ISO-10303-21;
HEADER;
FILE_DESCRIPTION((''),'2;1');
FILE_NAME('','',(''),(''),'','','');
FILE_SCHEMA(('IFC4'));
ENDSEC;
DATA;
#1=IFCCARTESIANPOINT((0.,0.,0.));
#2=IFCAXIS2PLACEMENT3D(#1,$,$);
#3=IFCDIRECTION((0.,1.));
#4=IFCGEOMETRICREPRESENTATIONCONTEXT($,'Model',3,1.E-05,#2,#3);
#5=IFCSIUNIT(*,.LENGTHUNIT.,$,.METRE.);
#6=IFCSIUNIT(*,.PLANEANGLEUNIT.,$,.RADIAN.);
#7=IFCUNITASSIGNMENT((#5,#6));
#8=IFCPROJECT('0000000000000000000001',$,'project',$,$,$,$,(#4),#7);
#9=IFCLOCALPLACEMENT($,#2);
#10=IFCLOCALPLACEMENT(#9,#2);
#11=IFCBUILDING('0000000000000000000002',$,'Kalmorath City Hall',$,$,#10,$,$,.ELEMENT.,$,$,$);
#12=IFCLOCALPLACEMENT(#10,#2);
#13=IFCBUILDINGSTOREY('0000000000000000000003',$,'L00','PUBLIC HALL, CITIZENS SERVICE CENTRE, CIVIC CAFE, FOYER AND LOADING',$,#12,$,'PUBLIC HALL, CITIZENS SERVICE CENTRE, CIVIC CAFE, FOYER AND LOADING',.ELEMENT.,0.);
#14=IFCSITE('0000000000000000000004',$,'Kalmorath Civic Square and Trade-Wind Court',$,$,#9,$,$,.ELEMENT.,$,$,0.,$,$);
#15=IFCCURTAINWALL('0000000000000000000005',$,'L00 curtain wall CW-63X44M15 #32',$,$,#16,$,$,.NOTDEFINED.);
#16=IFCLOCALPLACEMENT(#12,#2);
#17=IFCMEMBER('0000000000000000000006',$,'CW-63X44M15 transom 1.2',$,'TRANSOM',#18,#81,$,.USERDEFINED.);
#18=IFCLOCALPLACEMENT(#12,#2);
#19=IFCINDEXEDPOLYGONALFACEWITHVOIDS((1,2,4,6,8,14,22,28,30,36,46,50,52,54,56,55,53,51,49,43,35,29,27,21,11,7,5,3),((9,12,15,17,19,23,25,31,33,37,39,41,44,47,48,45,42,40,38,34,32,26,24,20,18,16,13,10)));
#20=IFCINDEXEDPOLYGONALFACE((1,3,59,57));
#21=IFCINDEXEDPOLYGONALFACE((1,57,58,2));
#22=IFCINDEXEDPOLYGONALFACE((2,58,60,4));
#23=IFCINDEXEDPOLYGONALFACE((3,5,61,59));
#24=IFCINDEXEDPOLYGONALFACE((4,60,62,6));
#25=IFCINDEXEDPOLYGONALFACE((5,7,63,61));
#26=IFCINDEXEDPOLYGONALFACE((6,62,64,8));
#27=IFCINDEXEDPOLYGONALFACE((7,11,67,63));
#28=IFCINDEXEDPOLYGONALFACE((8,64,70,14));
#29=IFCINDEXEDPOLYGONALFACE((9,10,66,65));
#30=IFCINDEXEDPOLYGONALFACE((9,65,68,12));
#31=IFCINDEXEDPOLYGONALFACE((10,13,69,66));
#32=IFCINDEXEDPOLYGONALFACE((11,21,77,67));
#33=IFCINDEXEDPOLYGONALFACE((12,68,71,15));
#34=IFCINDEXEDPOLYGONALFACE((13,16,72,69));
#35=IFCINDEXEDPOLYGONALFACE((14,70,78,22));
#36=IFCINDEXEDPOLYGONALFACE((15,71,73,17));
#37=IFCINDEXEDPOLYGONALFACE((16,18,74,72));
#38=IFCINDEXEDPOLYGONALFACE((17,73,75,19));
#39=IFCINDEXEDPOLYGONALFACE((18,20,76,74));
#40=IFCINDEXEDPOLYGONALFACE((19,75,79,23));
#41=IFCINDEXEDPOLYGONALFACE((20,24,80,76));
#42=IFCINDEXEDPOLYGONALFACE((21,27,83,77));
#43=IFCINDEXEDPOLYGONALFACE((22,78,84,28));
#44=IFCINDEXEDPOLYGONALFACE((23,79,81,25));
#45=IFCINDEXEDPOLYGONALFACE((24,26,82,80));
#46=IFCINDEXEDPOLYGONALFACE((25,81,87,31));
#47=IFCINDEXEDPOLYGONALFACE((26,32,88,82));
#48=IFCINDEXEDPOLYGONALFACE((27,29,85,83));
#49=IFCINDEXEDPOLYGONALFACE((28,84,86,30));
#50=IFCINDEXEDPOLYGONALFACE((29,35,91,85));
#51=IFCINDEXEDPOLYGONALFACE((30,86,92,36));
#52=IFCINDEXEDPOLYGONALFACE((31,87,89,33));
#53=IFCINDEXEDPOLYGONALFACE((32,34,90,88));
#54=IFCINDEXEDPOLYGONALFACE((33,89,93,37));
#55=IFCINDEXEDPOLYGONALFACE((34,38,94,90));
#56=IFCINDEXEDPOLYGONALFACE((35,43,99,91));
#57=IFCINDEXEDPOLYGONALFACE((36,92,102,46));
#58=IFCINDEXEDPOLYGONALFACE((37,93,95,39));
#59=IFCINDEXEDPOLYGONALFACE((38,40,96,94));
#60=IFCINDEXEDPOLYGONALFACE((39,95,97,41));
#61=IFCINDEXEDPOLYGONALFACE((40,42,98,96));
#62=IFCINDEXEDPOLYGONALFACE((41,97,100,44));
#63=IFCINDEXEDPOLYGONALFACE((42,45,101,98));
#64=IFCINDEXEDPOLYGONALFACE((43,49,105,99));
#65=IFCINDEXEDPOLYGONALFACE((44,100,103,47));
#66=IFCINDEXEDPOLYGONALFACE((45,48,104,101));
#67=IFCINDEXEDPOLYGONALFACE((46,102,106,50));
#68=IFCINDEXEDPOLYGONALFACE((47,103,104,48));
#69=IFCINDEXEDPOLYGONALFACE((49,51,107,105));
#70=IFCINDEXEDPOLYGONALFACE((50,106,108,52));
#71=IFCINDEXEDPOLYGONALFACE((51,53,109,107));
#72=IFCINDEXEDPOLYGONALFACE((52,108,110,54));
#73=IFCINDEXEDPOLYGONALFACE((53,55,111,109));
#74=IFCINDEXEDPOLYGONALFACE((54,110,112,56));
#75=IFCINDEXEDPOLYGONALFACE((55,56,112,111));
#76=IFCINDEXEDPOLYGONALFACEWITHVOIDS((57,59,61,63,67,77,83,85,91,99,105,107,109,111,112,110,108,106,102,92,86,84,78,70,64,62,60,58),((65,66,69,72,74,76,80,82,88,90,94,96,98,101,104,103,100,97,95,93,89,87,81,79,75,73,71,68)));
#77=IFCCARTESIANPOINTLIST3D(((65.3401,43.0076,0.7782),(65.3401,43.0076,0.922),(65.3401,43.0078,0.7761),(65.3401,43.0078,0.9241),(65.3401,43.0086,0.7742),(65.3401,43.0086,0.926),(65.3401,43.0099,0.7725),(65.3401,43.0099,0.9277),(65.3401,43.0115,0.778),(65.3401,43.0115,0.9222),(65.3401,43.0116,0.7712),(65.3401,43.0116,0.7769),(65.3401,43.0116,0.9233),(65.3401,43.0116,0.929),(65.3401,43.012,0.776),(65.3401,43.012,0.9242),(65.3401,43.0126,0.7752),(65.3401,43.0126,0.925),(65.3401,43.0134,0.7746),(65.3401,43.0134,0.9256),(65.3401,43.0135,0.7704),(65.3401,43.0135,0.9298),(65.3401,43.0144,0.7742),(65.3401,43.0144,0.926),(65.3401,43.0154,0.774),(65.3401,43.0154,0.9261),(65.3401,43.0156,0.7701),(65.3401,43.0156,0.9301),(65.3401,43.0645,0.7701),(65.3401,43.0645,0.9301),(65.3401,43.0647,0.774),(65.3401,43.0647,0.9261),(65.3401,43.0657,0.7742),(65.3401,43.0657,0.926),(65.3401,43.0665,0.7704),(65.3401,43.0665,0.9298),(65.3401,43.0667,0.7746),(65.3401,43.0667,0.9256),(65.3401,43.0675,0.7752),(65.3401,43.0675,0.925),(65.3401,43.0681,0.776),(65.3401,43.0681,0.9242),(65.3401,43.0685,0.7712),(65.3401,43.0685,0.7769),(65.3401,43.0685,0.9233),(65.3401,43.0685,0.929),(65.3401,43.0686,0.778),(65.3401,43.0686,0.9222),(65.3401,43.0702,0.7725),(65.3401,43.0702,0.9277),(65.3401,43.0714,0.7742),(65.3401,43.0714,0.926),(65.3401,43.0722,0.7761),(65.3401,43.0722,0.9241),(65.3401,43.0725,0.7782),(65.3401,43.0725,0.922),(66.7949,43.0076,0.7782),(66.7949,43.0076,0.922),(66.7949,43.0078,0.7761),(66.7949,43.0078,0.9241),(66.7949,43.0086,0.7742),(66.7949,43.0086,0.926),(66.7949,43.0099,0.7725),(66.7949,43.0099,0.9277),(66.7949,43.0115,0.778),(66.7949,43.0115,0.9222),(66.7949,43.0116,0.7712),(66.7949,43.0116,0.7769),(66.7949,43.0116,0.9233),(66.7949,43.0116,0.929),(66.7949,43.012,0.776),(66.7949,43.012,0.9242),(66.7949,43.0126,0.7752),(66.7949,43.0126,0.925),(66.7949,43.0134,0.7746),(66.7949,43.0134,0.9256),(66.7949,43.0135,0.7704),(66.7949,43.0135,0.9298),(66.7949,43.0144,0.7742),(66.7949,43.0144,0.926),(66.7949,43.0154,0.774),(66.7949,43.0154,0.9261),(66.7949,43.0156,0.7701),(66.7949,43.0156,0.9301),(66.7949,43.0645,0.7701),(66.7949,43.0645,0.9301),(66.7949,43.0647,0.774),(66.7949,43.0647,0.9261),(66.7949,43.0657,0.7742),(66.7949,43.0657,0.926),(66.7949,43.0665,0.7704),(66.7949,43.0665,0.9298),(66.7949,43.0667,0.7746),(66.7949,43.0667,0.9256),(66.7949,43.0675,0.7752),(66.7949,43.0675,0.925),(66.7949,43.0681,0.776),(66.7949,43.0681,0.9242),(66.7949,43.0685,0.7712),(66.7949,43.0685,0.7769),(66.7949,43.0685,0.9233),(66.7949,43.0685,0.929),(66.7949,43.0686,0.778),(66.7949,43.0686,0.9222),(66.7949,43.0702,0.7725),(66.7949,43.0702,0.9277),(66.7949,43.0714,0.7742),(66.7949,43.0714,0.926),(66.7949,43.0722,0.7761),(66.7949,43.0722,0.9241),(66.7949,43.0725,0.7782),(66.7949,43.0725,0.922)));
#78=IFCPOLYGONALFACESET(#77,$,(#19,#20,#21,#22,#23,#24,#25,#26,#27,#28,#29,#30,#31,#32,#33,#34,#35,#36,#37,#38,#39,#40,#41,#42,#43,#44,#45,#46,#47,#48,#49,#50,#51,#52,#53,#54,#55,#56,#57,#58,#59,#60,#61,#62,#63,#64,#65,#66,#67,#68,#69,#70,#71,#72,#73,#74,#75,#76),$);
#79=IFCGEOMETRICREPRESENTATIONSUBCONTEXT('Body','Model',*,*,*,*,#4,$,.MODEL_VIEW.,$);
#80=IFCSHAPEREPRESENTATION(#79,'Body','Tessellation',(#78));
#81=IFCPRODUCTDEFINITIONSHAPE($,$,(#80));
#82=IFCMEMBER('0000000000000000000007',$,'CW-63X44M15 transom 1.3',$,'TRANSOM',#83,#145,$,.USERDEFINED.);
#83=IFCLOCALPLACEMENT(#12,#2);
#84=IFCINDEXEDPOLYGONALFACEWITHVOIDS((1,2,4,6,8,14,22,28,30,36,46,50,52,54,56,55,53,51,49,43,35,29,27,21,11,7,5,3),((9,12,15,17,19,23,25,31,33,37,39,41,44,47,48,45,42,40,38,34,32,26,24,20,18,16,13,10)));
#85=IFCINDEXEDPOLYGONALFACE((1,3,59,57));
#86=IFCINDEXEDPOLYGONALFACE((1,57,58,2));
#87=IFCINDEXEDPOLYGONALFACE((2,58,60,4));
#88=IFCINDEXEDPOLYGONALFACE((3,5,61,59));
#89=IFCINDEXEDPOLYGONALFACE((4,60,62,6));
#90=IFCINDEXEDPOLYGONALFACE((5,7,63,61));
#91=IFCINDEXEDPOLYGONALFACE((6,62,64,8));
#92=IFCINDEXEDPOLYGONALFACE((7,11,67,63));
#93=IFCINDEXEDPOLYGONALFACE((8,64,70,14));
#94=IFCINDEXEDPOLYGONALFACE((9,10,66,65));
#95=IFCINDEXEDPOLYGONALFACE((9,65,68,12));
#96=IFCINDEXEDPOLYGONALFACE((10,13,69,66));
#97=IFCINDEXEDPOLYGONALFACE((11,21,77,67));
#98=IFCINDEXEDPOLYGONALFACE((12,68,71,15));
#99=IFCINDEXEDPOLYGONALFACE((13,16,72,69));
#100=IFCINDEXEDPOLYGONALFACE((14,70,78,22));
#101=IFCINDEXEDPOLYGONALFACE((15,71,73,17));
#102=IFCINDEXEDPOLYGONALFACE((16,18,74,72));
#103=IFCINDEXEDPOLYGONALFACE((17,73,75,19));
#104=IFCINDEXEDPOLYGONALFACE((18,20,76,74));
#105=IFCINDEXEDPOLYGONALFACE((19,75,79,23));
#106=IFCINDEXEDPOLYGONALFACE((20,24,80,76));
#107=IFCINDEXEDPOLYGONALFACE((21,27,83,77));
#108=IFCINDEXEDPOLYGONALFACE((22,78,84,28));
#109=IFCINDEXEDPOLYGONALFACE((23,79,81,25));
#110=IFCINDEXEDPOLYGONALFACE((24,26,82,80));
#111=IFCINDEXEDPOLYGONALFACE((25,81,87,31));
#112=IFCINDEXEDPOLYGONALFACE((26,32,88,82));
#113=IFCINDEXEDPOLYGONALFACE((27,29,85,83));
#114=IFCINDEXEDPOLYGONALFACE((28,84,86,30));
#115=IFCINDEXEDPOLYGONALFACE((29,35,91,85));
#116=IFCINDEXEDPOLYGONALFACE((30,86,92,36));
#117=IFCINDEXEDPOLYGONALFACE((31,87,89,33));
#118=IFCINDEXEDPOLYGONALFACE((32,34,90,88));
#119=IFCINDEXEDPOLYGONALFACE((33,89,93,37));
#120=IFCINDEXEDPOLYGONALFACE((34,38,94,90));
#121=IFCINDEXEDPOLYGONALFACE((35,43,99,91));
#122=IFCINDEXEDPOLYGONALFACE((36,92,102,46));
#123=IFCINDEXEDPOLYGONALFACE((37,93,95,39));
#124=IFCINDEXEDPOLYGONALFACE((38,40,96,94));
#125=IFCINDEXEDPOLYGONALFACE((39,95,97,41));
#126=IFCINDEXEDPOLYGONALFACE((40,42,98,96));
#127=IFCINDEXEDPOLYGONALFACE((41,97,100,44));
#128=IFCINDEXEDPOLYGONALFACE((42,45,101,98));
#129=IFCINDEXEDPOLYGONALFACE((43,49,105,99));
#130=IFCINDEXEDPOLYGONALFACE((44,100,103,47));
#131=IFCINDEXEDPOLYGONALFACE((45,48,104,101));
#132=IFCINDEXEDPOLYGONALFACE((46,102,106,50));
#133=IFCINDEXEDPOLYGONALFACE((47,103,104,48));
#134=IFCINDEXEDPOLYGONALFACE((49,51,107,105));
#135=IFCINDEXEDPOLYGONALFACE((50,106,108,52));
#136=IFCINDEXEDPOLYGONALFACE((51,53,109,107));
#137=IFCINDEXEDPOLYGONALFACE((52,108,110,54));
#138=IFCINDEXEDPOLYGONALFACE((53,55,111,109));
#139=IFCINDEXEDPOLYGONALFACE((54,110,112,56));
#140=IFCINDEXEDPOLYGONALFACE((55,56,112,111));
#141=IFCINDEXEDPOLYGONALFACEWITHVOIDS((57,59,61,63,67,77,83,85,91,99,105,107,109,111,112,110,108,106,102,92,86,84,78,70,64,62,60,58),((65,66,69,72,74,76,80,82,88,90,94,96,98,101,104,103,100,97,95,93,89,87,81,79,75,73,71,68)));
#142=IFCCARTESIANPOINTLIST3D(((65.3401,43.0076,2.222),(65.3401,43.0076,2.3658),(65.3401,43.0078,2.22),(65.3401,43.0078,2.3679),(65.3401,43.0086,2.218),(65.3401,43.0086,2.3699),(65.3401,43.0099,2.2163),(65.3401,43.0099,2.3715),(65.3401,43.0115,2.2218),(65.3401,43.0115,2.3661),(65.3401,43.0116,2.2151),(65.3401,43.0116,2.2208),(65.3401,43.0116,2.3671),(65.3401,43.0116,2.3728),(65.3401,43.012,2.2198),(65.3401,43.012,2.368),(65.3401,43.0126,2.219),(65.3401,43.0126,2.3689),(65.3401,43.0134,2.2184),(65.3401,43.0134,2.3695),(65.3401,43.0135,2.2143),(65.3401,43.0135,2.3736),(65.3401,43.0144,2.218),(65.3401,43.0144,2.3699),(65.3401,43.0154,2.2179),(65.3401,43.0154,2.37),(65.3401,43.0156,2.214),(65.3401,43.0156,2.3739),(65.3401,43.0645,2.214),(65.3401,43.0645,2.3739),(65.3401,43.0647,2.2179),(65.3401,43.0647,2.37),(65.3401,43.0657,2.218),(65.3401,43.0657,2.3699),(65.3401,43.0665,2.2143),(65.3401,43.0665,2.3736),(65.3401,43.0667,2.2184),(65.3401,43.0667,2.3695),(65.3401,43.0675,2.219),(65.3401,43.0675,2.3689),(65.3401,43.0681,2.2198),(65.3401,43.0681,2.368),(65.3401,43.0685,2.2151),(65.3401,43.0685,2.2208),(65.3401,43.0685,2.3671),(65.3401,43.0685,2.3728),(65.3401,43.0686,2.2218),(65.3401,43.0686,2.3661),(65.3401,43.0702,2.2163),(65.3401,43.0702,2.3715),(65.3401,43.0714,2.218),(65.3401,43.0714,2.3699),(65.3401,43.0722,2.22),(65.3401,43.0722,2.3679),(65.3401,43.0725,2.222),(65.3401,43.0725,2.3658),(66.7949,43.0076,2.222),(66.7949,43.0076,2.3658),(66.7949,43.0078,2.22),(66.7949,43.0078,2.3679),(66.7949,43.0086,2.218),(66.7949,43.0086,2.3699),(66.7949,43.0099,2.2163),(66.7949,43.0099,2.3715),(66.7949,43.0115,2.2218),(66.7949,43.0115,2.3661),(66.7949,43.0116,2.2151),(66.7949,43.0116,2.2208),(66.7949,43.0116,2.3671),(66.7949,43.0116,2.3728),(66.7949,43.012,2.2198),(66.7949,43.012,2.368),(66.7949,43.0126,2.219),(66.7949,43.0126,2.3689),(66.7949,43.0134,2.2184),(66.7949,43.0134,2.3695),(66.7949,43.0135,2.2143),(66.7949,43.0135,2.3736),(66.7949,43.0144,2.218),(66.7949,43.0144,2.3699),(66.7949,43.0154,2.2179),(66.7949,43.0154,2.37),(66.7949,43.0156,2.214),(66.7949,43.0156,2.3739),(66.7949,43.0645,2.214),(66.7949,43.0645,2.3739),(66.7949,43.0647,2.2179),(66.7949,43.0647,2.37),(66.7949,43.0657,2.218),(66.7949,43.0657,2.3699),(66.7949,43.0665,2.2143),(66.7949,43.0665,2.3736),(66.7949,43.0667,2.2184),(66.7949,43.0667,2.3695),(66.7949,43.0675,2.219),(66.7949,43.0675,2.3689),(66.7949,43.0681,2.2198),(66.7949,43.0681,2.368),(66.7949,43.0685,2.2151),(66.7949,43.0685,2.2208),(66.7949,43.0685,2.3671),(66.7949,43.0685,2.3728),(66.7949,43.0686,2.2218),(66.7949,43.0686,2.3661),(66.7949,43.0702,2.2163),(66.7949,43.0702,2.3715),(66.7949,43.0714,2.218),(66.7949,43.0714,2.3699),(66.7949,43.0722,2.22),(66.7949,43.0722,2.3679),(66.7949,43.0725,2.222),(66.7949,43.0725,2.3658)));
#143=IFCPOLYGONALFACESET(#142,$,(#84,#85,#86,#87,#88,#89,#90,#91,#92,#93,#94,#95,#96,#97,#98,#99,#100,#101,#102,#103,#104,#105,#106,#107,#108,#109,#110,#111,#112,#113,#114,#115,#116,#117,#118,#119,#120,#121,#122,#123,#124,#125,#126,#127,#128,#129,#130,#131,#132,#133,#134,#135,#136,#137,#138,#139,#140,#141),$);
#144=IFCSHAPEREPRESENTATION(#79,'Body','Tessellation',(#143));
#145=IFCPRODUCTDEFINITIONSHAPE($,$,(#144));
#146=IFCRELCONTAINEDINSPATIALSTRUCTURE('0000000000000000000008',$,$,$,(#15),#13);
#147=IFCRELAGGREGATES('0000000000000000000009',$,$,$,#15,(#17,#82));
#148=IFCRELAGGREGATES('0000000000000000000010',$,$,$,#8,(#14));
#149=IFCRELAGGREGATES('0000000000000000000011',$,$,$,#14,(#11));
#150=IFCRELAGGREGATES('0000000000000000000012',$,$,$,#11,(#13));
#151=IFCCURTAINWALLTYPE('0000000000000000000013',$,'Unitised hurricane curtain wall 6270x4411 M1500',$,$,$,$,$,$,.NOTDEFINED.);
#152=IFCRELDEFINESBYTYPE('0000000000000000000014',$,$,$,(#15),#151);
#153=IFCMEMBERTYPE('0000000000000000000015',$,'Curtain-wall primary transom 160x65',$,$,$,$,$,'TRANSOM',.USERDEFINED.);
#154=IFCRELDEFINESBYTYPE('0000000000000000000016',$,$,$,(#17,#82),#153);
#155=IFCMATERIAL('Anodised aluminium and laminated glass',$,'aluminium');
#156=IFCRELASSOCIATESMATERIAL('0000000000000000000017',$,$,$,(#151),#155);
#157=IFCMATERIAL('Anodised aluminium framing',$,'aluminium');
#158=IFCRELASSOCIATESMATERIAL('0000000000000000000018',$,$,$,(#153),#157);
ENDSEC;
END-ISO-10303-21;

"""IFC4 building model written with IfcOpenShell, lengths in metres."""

from ifc_helpers import new_model, si_unit, direction, frame, origin, origin_2d, place, context, subcontext, project, spatial, hollow_rectangle, extrude, material, material_profile, profile_set, type_object, element, aggregate, save


model = new_model("IFC4")

# Units and contexts
model_context = context("Model", 3, precision=1e-05, world=origin(), true_north=direction((0.0, 1.0)))
body_context = subcontext(model_context, "Body", "Model", "MODEL_VIEW")
ifc_project = project(units=[si_unit("LENGTHUNIT", "METRE"), si_unit("PLANEANGLEUNIT", "RADIAN")], contexts=[model_context])

# Site, building, storey
site_placement = place(None, origin())
site = spatial("IfcSite", under=ifc_project, at=site_placement, Name="Kalmorath Civic Square and Trade-Wind Court", CompositionType="ELEMENT", RefElevation=0.0)
building_placement = place(site_placement, origin())
building = spatial("IfcBuilding", under=site, at=building_placement, Name="Kalmorath City Hall", CompositionType="ELEMENT")
storey_placement = place(building_placement, origin())
storey = spatial("IfcBuildingStorey", under=building, at=storey_placement, Name="L00", Description="PUBLIC HALL, CITIZENS SERVICE CENTRE, CIVIC CAFE, FOYER AND LOADING", LongName="PUBLIC HALL, CITIZENS SERVICE CENTRE, CIVIC CAFE, FOYER AND LOADING", CompositionType="ELEMENT", Elevation=0.0)

# Curtain wall, members
ifc_material_1 = material(Name="Anodised aluminium and laminated glass", Category="aluminium")
curtain_wall_type = type_object("IfcCurtainWallType", Name="Unitised hurricane curtain wall 6270x4411 M1500", PredefinedType="NOTDEFINED", material=ifc_material_1)
curtain_wall_placement = place(storey_placement, origin())
curtain_wall = element("IfcCurtainWall", 1, at=curtain_wall_placement, inside=storey, type_object=curtain_wall_type, Name="L00 curtain wall CW-63X44M15 #32", PredefinedType="NOTDEFINED")
ifc_material_2 = material(Name="Anodised aluminium framing", Category="aluminium")
ifc_material_profile_1 = material_profile(ifc_material_2, hollow_rectangle(XDim=0.0649, YDim=0.1599, WallThickness=0.0039, InnerFilletRadius=0.0039, OuterFilletRadius=0.0081, at=origin_2d()), Name="ALU-TRN-160X65X4")
ifc_profile_set_1 = profile_set([ifc_material_profile_1], Name="Anodised aluminium framing")
member_type_1 = type_object("IfcMemberType", Name="Curtain-wall primary transom 160x65", ElementType="TRANSOM", PredefinedType="USERDEFINED", material=ifc_profile_set_1)
member_1_placement = place(storey_placement, frame((65.3401, 43.04, 0.8501), z_axis=(1.0, 0.0, 0.0), x_axis=(0.0, 1.0, 0.0)))
member_1 = element("IfcMember", 2, at=member_1_placement, type_object=member_type_1, Name="CW-63X44M15 transom 1.2", ObjectType="TRANSOM", PredefinedType="USERDEFINED", context=body_context, shape_type="SweptSolid", body=[
    extrude(hollow_rectangle(XDim=0.0649, YDim=0.1599, WallThickness=0.0039, InnerFilletRadius=0.0039, OuterFilletRadius=0.0081, at=origin_2d()), origin(), (0.0, 0.0, 1.0), 1.4548),
])
member_2_placement = place(storey_placement, frame((65.3401, 43.04, 2.2939), z_axis=(1.0, 0.0, 0.0), x_axis=(0.0, 1.0, 0.0)))
member_2 = element("IfcMember", 3, at=member_2_placement, type_object=member_type_1, Name="CW-63X44M15 transom 1.3", ObjectType="TRANSOM", PredefinedType="USERDEFINED", context=body_context, shape_type="SweptSolid", body=[
    extrude(hollow_rectangle(XDim=0.0649, YDim=0.1599, WallThickness=0.0039, InnerFilletRadius=0.0039, OuterFilletRadius=0.0081, at=origin_2d()), origin(), (0.0, 0.0, 1.0), 1.4548),
])

aggregate(curtain_wall, [member_1, member_2])

save(model, "model.ifc")
